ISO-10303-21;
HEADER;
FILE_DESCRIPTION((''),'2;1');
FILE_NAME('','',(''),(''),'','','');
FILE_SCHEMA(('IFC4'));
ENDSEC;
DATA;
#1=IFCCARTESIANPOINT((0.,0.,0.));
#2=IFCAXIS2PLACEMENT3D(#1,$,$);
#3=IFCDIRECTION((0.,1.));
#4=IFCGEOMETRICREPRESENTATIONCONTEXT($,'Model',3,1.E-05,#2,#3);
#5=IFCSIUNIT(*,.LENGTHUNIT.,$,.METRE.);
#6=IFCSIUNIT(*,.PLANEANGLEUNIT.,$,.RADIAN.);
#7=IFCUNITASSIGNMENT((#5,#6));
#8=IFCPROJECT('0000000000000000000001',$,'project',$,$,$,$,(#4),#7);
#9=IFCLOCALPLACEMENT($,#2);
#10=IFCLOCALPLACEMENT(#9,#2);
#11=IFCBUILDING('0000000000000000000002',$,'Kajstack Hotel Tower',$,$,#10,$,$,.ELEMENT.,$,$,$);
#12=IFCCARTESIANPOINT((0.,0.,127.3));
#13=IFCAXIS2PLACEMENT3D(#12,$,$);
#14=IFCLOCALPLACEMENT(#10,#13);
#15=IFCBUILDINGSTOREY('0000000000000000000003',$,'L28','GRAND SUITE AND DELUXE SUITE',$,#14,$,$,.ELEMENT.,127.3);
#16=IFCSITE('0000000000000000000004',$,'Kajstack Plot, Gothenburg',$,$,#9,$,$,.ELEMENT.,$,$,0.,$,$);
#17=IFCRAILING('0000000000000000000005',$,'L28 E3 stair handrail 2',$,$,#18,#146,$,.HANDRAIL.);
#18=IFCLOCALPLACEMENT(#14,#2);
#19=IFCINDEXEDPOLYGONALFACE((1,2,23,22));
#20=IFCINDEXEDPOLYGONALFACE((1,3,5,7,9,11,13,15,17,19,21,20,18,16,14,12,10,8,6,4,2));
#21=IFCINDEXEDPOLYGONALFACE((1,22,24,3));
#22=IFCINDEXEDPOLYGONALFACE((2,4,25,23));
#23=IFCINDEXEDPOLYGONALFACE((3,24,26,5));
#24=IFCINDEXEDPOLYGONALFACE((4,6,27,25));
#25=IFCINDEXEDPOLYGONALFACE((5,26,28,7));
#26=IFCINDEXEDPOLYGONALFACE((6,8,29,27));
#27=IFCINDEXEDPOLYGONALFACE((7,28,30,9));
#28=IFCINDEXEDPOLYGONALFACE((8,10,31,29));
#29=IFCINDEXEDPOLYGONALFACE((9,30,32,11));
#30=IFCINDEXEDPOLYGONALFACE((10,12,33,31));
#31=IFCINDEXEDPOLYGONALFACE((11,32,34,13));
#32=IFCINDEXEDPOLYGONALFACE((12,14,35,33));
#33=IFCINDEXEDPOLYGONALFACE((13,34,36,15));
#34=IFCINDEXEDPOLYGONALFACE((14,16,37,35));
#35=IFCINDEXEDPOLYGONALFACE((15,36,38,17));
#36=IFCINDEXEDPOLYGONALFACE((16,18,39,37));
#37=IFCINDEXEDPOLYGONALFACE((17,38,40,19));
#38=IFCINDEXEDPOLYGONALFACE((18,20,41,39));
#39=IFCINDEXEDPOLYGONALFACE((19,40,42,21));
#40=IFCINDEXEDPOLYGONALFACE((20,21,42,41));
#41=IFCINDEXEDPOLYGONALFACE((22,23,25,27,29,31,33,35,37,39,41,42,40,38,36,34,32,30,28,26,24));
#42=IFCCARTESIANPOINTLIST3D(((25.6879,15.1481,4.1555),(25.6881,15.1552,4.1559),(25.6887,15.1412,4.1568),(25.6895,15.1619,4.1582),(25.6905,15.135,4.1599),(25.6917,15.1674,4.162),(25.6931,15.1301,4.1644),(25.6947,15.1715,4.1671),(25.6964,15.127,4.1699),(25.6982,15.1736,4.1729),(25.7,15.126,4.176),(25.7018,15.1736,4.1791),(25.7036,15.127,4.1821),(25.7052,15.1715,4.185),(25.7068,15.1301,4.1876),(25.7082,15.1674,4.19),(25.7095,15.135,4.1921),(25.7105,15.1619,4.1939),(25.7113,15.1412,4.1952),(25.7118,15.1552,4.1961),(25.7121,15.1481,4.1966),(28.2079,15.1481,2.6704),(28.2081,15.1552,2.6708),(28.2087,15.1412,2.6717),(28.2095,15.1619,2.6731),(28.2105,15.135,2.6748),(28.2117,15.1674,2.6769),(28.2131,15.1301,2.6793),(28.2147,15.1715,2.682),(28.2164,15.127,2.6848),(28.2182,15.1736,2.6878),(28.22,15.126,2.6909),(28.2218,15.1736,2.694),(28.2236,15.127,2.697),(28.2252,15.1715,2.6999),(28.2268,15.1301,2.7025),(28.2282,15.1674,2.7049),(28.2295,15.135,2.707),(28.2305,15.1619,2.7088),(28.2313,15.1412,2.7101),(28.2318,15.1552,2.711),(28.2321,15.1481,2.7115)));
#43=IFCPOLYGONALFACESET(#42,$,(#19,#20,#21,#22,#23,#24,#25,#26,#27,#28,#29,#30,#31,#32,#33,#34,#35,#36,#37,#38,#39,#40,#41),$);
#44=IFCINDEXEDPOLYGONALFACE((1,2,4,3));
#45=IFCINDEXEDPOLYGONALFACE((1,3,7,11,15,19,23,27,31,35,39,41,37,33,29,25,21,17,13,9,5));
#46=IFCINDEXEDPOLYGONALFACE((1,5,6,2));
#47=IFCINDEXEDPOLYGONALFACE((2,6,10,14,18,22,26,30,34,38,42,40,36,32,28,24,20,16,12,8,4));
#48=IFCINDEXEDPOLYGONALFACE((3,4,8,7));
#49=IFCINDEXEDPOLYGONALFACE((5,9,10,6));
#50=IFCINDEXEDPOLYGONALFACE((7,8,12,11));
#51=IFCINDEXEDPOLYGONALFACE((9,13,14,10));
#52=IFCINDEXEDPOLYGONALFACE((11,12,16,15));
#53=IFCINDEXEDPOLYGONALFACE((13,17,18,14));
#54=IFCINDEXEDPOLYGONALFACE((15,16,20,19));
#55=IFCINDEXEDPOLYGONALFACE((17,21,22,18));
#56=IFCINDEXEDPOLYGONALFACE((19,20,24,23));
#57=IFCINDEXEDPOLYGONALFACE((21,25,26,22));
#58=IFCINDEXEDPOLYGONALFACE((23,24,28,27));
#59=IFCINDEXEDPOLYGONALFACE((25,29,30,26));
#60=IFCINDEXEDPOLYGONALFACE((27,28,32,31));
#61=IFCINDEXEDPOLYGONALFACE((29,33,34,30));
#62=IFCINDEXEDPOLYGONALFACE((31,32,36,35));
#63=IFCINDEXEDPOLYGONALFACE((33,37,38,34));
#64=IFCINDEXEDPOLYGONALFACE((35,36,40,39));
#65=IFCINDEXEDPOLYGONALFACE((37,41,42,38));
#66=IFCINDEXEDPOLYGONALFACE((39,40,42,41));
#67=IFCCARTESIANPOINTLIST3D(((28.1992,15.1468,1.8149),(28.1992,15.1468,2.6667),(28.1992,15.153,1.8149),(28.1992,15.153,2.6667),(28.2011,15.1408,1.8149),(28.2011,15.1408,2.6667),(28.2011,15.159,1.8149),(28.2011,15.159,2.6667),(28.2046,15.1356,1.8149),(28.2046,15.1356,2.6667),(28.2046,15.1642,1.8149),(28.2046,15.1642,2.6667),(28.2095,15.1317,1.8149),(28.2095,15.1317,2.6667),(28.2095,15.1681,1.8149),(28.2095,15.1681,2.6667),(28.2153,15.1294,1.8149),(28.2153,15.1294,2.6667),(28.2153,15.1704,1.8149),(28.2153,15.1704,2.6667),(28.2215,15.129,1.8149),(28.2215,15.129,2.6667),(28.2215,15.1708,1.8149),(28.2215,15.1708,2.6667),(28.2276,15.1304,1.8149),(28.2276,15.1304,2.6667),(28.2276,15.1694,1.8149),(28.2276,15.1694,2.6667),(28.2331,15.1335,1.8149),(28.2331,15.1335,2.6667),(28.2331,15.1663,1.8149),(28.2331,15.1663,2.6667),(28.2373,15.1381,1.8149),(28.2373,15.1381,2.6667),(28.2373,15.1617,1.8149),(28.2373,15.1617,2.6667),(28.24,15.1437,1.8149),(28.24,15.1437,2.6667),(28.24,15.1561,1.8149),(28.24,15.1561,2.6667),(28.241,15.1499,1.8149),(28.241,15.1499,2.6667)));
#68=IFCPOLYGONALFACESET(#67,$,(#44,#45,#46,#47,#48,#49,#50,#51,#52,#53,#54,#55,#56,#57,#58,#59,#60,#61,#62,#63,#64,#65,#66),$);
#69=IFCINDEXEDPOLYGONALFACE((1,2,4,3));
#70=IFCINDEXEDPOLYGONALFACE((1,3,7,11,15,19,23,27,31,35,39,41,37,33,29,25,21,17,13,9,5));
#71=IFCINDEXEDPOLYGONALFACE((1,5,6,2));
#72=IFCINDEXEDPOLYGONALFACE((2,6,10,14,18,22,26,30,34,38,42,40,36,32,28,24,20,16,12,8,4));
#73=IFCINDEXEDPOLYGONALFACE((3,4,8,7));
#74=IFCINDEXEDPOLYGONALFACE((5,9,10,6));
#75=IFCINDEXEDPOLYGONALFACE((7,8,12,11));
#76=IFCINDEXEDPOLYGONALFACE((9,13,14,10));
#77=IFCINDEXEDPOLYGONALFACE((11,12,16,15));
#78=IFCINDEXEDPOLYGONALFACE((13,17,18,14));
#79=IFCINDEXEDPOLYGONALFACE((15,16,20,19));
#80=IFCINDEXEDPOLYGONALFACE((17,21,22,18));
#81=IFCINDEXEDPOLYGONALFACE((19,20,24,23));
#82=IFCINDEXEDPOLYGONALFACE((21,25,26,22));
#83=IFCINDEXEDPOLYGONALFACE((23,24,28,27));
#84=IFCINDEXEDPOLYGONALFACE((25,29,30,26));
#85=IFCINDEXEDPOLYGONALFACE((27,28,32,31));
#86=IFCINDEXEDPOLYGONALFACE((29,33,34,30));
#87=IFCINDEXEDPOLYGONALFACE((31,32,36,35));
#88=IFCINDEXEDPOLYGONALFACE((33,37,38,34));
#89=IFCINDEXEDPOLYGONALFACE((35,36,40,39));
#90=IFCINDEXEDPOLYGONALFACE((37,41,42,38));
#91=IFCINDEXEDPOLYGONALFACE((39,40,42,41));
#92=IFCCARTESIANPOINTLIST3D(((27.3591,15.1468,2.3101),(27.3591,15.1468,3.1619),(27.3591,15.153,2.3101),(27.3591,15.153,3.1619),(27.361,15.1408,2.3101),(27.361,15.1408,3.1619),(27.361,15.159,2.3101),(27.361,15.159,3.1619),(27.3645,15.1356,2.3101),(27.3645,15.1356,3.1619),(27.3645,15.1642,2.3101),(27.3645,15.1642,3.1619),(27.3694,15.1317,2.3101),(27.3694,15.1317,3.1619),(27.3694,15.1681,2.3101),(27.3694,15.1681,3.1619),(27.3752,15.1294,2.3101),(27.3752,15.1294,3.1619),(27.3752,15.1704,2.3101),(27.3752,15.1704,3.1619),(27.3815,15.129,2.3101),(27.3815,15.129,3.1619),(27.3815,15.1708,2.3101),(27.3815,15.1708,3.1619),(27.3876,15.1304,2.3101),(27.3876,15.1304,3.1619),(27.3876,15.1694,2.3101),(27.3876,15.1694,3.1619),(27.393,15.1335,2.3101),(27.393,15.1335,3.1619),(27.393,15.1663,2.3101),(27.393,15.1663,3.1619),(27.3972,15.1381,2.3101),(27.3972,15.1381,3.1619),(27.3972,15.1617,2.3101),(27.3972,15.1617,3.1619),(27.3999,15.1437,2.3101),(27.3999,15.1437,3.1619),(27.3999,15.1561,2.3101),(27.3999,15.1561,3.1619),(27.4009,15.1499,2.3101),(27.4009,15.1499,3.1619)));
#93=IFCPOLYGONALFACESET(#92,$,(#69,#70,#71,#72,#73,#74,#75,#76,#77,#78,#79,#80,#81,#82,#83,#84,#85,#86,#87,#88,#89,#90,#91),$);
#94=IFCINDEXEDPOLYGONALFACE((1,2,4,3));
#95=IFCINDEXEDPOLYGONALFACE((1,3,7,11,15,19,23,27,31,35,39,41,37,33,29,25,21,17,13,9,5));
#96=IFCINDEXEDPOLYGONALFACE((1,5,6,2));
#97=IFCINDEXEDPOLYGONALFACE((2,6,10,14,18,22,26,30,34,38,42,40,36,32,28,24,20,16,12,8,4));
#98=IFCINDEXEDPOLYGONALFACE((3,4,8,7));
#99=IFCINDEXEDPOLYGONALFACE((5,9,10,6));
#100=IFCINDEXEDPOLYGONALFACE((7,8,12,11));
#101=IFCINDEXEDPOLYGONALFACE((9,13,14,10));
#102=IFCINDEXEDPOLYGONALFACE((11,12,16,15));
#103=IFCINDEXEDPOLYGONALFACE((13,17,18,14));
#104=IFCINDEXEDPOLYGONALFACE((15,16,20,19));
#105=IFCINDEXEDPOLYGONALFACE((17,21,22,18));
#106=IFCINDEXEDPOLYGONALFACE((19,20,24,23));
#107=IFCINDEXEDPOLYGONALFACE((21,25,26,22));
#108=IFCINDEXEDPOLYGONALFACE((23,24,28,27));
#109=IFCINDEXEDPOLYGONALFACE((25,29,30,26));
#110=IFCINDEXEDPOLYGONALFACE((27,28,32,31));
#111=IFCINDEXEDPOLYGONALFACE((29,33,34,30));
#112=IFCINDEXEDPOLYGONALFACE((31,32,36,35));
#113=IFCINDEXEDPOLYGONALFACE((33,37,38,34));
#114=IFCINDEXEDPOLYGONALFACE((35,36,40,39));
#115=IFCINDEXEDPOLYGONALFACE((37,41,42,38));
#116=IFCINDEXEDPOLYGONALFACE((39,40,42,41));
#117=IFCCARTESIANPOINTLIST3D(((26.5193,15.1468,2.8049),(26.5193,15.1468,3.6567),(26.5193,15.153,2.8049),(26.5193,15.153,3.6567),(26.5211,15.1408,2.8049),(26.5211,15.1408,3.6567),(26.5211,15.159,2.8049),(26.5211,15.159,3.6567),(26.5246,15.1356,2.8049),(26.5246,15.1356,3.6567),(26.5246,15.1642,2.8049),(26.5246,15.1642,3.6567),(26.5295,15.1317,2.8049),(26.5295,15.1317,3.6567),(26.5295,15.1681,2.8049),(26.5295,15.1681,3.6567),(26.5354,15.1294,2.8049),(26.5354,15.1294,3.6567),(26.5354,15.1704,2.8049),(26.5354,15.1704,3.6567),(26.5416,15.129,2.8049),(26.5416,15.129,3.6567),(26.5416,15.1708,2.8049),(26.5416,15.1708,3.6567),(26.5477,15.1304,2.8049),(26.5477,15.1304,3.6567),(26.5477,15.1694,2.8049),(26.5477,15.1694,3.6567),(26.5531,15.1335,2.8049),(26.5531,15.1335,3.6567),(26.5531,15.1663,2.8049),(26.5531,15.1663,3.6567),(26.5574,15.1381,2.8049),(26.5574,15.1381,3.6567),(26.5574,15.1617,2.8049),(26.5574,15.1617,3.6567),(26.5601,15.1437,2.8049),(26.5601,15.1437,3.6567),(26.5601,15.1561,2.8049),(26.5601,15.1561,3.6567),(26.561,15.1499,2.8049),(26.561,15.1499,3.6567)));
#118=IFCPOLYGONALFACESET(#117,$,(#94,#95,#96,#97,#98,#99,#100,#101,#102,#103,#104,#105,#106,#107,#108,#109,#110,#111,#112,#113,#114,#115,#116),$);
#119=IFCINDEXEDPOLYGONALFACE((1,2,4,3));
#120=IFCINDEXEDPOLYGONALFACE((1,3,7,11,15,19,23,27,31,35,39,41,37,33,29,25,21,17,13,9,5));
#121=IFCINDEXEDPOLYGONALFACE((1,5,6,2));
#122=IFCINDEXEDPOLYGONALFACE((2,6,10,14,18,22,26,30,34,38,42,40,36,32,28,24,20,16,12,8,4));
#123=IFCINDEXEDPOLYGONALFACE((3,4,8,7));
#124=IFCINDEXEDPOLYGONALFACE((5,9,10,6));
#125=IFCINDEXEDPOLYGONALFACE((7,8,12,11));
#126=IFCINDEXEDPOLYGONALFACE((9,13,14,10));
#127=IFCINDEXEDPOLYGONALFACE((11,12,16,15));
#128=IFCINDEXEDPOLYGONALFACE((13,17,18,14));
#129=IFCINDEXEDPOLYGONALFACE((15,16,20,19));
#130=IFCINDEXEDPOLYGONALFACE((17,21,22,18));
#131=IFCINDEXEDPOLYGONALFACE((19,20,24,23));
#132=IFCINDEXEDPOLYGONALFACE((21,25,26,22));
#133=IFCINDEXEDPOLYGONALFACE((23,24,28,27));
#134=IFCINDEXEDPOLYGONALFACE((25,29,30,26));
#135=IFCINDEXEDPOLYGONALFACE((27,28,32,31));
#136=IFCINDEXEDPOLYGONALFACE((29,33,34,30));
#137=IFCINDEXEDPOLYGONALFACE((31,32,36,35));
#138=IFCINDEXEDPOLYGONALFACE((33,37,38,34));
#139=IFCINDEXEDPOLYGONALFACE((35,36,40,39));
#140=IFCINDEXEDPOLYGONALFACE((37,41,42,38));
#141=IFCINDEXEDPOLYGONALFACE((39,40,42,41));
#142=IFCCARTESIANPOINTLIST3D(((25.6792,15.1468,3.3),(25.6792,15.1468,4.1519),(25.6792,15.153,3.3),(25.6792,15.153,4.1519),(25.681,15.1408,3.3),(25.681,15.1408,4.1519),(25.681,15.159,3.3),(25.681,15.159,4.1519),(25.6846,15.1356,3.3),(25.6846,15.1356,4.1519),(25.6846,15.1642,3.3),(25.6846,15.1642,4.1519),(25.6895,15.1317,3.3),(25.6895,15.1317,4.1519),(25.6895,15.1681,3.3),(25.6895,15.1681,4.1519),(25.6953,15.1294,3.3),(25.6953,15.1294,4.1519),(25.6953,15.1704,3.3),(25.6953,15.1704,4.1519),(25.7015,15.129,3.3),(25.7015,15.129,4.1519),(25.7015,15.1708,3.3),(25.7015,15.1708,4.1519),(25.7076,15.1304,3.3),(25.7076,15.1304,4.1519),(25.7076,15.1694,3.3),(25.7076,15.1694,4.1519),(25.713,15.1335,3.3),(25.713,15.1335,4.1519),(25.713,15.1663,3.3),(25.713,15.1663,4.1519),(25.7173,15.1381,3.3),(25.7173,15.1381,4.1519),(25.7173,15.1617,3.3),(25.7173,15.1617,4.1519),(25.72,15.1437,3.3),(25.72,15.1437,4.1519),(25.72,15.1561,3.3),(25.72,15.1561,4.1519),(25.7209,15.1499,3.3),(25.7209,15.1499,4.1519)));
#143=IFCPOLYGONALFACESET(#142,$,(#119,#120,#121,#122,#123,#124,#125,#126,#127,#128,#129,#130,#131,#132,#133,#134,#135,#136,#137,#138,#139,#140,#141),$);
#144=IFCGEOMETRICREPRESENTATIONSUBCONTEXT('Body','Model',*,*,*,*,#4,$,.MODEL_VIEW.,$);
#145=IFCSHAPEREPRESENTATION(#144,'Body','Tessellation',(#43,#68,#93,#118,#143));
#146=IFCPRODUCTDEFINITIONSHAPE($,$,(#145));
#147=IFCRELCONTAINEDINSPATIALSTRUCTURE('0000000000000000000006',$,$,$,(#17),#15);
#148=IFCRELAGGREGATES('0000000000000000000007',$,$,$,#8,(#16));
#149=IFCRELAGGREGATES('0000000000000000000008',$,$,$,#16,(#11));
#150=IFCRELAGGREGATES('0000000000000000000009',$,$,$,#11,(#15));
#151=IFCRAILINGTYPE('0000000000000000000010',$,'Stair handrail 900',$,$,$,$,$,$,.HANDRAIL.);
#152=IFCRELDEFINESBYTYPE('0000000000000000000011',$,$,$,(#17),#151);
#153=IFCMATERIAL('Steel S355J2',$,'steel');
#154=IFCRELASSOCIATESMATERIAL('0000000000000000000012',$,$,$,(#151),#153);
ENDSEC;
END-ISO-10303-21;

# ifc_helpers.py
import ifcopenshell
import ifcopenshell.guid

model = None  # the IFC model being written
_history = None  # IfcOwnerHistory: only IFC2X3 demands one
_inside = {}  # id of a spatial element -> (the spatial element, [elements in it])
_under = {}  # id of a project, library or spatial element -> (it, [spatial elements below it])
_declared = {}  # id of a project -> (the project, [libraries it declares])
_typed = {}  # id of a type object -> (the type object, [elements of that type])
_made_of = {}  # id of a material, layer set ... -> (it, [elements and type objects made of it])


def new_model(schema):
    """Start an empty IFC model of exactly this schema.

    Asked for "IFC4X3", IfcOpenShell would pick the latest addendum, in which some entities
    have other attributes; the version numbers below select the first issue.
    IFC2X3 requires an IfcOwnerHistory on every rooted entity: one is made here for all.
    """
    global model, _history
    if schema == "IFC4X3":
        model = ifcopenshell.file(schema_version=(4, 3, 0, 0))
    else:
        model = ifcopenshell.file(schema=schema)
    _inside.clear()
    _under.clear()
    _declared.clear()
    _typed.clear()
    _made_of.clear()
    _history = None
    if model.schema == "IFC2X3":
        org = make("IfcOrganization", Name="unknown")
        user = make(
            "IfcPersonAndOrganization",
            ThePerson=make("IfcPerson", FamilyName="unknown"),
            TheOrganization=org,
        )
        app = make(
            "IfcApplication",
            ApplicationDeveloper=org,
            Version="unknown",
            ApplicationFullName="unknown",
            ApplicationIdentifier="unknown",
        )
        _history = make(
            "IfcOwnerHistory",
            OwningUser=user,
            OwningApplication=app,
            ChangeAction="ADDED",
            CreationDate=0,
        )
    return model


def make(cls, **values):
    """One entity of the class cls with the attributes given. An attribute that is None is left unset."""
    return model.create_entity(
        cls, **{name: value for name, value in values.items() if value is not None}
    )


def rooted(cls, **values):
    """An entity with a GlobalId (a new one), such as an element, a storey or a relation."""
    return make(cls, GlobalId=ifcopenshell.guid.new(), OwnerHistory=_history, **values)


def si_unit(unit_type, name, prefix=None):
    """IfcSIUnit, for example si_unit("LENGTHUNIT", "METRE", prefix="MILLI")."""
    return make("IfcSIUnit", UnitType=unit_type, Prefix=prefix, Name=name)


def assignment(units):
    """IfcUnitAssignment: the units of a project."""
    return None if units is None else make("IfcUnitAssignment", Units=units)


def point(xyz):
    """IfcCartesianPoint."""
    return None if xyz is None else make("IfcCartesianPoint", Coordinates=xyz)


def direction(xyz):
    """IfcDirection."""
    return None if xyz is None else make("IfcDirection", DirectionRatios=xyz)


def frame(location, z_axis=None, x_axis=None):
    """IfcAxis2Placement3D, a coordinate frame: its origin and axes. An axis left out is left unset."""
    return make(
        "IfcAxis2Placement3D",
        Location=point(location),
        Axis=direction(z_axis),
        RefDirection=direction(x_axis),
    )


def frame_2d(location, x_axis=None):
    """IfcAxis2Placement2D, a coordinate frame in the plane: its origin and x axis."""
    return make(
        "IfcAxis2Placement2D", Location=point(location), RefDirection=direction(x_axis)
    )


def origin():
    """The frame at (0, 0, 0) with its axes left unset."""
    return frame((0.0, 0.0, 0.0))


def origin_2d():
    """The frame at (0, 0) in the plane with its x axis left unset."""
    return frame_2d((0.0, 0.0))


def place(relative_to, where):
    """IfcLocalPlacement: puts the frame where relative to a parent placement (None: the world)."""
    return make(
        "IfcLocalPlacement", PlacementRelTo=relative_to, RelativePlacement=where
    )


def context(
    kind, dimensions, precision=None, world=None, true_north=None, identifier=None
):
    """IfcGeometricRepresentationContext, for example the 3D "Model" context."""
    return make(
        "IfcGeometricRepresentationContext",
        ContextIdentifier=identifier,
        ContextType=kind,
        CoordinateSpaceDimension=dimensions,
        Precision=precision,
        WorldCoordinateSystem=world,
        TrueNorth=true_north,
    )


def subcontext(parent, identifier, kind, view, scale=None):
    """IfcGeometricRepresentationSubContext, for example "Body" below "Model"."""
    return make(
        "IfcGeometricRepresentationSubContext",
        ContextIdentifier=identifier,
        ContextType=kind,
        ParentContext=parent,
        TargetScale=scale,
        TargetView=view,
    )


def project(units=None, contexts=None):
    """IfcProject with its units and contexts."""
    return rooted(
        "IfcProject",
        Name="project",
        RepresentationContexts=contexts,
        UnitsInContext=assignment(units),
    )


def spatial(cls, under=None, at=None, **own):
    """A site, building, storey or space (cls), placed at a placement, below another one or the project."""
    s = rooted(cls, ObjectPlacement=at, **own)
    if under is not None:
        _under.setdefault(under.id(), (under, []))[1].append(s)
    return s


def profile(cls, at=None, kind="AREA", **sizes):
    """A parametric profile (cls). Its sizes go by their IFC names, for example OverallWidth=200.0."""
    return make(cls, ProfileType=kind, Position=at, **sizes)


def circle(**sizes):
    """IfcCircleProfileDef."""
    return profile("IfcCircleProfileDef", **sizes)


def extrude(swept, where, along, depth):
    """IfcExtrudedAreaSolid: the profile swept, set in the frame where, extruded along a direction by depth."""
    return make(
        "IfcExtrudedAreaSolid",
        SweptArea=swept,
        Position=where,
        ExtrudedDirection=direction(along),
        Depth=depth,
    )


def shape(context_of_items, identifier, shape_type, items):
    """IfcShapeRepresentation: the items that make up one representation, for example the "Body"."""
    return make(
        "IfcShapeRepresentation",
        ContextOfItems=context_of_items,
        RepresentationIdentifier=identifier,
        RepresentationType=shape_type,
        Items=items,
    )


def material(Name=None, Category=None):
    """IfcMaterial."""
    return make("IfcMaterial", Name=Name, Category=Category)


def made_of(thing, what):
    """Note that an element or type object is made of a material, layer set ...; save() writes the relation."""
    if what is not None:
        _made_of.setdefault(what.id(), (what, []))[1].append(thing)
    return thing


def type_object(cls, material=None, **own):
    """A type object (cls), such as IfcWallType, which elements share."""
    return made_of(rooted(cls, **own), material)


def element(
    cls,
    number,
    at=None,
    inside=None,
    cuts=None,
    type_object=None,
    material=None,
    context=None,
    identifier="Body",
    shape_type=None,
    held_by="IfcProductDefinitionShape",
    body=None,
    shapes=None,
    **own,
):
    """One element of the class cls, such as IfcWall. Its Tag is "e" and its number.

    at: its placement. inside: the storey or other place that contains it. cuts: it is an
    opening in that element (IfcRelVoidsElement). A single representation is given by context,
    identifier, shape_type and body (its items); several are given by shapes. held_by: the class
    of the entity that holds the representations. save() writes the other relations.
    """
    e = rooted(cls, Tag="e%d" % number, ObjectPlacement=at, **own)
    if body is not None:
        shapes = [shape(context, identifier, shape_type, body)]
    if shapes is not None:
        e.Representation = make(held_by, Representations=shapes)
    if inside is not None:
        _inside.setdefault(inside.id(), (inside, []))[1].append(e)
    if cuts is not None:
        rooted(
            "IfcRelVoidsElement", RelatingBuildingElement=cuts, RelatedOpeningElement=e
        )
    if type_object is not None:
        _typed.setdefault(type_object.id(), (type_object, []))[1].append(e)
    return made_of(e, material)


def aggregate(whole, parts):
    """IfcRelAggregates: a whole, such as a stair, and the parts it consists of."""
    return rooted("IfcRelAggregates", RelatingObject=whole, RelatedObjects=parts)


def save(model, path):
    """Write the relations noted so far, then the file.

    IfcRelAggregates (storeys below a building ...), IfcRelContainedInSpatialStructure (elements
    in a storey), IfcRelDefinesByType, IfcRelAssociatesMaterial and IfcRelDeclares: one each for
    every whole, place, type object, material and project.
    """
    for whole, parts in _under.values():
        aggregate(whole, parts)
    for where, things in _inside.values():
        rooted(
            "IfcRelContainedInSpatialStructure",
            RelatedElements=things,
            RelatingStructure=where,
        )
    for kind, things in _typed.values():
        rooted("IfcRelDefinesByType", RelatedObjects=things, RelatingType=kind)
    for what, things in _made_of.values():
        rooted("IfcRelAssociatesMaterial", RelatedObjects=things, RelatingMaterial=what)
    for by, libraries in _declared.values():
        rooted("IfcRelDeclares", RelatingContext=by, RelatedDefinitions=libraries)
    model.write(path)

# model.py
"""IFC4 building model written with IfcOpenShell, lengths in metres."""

from ifc_helpers import new_model, si_unit, direction, frame, origin, origin_2d, place, context, subcontext, project, spatial, circle, extrude, material, type_object, element, save


model = new_model("IFC4")

# Units and contexts
model_context = context("Model", 3, precision=1e-05, world=origin(), true_north=direction((0.0, 1.0)))
body_context = subcontext(model_context, "Body", "Model", "MODEL_VIEW")
ifc_project = project(units=[si_unit("LENGTHUNIT", "METRE"), si_unit("PLANEANGLEUNIT", "RADIAN")], contexts=[model_context])

# Site, building, storey
site_placement = place(None, origin())
site = spatial("IfcSite", under=ifc_project, at=site_placement, Name="Kajstack Plot, Gothenburg", CompositionType="ELEMENT", RefElevation=0.0)
building_placement = place(site_placement, origin())
building = spatial("IfcBuilding", under=site, at=building_placement, Name="Kajstack Hotel Tower", CompositionType="ELEMENT")
storey_placement = place(building_placement, frame((0.0, 0.0, 127.3)))
storey = spatial("IfcBuildingStorey", under=building, at=storey_placement, Name="L28", Description="GRAND SUITE AND DELUXE SUITE", CompositionType="ELEMENT", Elevation=127.3)

# Railing
ifc_material_1 = material(Name="Steel S355J2", Category="steel")
railing_type_1 = type_object("IfcRailingType", Name="Stair handrail 900", PredefinedType="HANDRAIL", material=ifc_material_1)
railing_1_placement = place(storey_placement, frame((28.22, 15.1499, 1.8149)))
element("IfcRailing", 1, at=railing_1_placement, inside=storey, type_object=railing_type_1, Name="L28 E3 stair handrail 2", PredefinedType="HANDRAIL", context=body_context, shape_type="SweptSolid", body=[
    extrude(circle(Radius=0.0239, at=origin_2d()), frame((0.0, 0.0, 0.876), z_axis=(-0.861524, 0.0, 0.507717), x_axis=(0.0, -1.0, 0.0)), (0.0, 0.0, 1.0), 2.925),
    extrude(circle(Radius=0.021, at=origin_2d()), origin(), (0.0, 0.0, 1.0), 0.8518),
    extrude(circle(Radius=0.021, at=origin_2d()), frame((-0.8401, 0.0, 0.4951)), (0.0, 0.0, 1.0), 0.8518),
    extrude(circle(Radius=0.021, at=origin_2d()), frame((-1.6799, 0.0, 0.99)), (0.0, 0.0, 1.0), 0.8518),
    extrude(circle(Radius=0.021, at=origin_2d()), frame((-2.52, 0.0, 1.4851)), (0.0, 0.0, 1.0), 0.8518),
])

save(model, "model.ifc")
